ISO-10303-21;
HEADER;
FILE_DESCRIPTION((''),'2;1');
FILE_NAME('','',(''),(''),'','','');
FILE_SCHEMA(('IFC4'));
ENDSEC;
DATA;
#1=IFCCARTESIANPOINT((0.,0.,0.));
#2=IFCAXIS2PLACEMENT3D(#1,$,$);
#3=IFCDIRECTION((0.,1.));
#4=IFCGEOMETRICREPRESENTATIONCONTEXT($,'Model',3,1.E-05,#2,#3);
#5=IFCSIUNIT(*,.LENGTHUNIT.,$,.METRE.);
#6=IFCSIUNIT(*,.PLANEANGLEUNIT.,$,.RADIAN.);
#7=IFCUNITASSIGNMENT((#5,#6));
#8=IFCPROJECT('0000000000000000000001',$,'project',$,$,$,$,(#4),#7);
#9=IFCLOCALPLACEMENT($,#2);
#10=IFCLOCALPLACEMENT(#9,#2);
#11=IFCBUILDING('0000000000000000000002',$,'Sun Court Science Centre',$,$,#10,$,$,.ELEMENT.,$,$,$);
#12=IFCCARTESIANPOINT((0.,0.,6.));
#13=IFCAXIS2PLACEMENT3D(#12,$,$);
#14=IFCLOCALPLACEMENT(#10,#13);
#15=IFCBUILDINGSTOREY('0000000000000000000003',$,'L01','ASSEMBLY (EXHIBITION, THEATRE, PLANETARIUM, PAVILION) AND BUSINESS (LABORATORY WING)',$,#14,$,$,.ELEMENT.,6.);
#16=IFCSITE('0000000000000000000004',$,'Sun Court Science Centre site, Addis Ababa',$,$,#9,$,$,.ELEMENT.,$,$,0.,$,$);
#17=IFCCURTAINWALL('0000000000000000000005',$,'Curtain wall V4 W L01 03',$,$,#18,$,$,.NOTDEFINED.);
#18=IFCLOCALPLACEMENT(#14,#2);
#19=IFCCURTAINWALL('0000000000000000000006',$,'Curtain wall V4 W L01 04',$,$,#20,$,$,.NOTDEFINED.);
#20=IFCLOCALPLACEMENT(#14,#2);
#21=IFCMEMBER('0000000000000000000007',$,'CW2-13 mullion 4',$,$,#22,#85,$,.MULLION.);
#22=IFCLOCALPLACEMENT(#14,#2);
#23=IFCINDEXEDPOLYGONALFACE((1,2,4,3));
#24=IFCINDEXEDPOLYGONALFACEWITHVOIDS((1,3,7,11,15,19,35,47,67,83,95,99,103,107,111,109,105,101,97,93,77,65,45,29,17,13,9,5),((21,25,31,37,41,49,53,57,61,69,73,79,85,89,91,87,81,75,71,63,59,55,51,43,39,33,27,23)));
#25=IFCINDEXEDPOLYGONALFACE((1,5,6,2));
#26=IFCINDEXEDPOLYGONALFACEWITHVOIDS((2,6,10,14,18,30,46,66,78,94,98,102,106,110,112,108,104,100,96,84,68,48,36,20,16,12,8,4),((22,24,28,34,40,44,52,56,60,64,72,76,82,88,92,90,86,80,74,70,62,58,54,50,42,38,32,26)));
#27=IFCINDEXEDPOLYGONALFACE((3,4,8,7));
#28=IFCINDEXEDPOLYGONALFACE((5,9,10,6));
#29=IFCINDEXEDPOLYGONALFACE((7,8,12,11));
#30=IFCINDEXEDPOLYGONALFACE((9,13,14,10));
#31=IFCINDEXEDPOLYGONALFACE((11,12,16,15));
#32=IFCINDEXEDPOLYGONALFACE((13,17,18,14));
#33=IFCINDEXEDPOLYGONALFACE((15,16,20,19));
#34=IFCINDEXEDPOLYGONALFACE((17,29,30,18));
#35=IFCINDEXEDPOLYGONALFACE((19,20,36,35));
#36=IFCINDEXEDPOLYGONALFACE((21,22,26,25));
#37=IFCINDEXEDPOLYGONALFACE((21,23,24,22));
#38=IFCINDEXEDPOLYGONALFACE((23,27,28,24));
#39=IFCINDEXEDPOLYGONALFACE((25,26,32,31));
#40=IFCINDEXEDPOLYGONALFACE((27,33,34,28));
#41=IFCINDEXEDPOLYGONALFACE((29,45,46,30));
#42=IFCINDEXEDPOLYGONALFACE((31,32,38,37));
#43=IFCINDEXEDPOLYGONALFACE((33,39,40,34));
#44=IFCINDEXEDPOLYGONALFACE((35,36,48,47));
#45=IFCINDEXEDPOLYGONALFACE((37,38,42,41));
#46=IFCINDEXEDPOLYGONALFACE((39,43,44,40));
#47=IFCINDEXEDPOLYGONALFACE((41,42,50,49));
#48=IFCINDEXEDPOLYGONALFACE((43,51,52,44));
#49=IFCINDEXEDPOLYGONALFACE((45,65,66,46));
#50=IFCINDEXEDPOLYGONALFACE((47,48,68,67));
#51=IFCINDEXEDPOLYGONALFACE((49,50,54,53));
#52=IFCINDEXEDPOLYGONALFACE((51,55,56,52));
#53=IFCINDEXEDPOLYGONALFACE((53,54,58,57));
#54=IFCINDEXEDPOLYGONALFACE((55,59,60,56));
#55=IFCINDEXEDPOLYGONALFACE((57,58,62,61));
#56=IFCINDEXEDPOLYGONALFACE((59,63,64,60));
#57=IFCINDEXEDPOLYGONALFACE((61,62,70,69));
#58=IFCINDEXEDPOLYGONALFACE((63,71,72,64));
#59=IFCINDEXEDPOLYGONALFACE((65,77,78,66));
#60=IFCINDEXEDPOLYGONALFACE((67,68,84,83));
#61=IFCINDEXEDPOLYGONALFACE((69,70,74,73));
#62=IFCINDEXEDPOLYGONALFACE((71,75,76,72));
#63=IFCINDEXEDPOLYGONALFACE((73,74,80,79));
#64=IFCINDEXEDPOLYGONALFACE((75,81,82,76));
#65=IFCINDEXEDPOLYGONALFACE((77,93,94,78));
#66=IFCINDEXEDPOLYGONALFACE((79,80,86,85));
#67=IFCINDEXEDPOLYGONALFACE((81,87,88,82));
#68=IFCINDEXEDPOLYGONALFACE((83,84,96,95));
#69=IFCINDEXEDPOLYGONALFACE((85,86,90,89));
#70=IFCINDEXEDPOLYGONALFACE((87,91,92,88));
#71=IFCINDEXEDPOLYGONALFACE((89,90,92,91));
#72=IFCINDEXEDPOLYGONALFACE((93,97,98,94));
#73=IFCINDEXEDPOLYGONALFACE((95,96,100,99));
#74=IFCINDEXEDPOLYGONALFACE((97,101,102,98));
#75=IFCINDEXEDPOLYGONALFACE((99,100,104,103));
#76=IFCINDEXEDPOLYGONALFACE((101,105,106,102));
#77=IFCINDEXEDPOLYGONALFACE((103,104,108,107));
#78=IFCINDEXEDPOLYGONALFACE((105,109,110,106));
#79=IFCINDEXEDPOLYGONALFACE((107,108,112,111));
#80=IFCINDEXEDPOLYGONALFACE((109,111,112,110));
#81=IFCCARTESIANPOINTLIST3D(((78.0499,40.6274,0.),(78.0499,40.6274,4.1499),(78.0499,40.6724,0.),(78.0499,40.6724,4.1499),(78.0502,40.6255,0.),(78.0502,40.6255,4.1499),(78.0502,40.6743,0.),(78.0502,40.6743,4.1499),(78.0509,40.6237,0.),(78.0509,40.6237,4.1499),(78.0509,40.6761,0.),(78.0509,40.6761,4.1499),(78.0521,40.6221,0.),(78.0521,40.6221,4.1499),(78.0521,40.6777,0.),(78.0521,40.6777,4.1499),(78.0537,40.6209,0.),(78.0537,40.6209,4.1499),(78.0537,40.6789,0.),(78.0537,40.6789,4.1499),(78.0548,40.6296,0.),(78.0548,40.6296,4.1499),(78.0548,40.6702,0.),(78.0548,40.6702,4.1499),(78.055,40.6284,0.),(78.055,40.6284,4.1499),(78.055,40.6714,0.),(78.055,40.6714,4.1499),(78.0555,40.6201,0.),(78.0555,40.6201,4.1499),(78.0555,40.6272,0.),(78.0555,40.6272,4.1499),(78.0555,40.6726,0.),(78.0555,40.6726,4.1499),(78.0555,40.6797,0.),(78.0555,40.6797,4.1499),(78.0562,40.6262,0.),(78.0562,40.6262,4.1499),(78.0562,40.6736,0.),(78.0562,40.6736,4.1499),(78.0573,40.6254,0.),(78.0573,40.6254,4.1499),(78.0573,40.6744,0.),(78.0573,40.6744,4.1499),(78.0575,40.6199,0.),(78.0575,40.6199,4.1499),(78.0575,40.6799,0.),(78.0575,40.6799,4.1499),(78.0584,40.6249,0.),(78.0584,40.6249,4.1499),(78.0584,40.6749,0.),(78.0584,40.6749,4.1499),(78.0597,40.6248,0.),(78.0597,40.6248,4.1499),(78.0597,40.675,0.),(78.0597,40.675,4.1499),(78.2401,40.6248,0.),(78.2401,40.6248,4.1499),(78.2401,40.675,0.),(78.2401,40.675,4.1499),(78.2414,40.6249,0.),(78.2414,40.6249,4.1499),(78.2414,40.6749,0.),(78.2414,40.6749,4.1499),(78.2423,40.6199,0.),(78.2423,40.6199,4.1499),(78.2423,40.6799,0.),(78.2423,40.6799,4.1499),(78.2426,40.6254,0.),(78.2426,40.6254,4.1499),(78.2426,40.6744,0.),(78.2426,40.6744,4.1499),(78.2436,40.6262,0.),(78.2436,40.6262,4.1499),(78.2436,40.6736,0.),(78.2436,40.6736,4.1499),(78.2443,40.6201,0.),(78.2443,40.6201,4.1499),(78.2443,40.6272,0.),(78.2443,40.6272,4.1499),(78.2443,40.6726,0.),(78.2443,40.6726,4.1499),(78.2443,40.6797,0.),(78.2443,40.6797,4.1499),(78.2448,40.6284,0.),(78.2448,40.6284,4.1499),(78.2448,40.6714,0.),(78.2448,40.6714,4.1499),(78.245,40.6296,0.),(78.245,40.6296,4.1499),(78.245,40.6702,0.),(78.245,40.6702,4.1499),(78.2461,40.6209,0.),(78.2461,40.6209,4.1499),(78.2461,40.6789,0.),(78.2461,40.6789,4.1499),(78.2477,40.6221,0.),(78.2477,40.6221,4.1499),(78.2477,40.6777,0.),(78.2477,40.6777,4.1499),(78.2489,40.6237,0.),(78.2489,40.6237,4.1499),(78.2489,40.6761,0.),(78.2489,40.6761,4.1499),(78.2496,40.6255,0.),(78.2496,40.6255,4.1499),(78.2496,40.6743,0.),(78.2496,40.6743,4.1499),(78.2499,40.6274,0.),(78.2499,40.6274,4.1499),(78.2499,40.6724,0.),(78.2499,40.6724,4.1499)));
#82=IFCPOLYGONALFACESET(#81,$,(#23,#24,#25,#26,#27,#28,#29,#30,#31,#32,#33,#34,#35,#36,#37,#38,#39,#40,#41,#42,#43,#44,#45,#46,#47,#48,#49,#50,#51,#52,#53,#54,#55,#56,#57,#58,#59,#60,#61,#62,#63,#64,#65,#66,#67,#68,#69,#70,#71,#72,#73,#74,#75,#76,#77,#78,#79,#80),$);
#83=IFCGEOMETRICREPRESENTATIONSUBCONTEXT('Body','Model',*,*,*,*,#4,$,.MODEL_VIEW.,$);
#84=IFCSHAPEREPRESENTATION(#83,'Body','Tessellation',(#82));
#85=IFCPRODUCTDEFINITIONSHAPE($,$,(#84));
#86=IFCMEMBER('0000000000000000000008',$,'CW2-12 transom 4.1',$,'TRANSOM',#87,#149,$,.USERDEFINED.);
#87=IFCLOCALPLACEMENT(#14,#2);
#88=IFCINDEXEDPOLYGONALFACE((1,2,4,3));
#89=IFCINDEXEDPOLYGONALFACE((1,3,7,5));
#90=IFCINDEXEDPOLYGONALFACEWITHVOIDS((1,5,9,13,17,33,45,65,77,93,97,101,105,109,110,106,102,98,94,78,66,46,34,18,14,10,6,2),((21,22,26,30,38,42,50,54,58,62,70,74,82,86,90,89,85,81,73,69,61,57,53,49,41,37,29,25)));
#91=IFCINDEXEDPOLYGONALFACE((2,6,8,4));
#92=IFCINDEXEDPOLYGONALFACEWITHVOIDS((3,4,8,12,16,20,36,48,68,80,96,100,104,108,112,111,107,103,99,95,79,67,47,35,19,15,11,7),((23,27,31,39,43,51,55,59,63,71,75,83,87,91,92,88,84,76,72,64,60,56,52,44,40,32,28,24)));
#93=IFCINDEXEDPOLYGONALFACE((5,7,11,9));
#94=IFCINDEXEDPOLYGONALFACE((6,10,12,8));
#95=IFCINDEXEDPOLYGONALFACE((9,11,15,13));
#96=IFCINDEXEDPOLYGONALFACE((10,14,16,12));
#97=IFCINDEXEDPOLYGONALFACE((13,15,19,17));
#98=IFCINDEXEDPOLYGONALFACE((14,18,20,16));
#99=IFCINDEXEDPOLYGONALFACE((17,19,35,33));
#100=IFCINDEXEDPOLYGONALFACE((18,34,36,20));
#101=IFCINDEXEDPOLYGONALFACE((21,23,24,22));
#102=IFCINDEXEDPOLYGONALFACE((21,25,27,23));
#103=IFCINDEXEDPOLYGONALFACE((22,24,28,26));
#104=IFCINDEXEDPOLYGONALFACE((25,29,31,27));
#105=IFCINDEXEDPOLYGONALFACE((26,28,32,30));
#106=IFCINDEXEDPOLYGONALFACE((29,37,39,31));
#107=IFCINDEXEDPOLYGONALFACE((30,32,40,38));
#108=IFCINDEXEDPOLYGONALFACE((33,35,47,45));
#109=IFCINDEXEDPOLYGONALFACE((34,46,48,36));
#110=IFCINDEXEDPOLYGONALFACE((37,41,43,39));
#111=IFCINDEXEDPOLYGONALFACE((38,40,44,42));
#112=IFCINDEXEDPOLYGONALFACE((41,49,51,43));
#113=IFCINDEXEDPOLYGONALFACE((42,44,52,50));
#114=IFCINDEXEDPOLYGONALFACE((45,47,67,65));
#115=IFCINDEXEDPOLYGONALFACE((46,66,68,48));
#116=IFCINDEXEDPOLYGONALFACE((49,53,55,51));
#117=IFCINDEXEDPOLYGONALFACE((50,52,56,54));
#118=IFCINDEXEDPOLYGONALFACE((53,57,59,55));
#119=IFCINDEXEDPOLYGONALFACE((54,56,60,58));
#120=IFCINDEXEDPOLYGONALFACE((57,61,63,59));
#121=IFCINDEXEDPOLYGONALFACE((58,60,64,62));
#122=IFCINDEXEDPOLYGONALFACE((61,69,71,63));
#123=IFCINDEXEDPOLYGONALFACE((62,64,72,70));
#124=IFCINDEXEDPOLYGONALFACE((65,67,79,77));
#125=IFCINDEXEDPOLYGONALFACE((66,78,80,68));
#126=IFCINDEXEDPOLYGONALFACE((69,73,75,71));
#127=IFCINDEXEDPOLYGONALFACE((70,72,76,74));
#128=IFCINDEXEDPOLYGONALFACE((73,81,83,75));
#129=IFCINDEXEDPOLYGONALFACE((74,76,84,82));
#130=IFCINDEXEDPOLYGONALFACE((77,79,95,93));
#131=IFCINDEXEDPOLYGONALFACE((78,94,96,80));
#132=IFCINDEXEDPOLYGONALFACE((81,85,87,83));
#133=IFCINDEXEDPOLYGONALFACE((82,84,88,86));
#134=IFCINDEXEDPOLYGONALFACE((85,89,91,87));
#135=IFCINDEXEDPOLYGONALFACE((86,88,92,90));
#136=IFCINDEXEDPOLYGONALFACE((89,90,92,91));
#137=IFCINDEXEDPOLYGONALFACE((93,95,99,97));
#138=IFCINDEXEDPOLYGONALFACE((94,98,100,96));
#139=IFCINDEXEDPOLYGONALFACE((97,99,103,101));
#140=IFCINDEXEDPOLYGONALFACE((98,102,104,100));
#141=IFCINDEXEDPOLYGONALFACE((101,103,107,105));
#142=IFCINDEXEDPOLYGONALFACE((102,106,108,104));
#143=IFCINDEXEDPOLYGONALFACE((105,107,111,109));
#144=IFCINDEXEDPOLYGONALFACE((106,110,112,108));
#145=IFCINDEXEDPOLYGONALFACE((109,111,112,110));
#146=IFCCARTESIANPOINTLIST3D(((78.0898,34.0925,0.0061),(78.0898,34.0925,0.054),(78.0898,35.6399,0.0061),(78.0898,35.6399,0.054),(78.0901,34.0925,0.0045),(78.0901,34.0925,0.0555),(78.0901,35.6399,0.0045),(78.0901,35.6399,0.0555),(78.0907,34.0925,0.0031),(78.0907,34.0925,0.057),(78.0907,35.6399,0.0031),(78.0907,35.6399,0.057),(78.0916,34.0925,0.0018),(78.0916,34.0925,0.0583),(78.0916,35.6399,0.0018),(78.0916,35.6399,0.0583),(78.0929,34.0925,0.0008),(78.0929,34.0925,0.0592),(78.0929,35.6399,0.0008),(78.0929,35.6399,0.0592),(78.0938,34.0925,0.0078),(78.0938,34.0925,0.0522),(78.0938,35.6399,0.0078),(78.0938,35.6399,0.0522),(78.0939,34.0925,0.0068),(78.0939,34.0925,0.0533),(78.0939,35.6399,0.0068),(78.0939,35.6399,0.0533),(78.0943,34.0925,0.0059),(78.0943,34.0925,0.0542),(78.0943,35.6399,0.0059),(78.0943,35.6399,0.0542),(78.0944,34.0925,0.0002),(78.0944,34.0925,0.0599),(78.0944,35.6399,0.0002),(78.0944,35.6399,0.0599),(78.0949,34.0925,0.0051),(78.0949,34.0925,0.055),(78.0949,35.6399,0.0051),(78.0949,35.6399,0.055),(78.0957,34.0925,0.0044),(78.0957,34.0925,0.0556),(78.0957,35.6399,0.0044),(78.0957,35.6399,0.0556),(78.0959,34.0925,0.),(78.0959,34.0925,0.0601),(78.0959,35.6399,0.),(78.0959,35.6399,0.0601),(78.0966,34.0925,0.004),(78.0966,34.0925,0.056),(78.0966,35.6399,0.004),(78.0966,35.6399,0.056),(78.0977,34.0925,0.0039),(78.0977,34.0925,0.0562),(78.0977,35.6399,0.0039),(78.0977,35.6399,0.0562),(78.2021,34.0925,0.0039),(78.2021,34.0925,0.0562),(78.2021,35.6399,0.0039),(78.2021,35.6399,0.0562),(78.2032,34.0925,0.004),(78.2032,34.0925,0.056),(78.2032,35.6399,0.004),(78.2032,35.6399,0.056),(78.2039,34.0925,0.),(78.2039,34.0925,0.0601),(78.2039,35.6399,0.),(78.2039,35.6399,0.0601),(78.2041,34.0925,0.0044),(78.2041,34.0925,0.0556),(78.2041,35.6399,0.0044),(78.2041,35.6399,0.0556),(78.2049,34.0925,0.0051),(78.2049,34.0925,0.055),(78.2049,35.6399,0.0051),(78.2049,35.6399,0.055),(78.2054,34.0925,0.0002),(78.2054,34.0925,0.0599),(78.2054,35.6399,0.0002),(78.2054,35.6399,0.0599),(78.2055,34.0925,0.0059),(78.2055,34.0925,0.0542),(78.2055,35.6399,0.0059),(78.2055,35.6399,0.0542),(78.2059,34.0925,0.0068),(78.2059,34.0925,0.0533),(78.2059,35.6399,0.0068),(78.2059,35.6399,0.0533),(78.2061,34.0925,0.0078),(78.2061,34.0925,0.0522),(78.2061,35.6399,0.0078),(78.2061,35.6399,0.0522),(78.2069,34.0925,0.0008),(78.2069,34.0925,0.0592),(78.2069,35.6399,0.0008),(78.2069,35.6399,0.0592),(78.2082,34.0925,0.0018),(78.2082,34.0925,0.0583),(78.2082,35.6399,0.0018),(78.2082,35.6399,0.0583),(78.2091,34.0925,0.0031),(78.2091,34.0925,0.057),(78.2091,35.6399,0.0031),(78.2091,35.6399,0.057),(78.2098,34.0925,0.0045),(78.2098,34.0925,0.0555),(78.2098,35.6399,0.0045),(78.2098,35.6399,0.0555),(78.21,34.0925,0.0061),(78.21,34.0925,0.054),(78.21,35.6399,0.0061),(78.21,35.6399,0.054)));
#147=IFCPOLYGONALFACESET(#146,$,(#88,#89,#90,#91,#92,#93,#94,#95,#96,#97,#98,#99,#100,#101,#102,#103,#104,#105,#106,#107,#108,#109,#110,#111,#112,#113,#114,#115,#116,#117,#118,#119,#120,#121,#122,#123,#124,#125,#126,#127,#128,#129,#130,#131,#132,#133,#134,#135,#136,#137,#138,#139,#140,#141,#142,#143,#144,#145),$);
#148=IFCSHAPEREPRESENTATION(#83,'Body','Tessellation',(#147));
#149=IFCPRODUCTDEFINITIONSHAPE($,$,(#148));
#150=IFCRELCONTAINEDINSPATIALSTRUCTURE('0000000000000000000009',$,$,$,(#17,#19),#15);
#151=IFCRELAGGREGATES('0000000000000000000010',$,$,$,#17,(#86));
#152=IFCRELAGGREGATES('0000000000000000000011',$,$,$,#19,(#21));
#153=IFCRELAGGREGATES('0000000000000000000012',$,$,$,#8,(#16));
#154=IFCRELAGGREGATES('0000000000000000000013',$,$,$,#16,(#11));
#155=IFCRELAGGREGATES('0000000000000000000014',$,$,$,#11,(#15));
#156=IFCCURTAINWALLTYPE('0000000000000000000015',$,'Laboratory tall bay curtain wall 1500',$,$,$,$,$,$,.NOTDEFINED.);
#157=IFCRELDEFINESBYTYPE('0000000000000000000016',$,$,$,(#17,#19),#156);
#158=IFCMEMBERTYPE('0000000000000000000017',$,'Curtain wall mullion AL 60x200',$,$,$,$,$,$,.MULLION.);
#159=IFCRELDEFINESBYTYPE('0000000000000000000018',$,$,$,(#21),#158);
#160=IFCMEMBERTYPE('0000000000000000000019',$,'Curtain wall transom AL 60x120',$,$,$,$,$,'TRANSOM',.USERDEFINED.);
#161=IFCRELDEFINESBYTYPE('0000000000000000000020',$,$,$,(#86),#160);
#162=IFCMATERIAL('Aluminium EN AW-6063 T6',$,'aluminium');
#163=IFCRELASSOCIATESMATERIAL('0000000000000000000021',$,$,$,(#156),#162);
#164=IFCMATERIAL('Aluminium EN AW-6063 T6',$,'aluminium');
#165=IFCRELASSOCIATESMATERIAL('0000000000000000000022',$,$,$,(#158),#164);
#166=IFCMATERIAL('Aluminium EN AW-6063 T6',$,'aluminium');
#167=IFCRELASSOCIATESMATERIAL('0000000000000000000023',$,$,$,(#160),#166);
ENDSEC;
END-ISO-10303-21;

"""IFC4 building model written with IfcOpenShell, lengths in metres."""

from ifc_helpers import new_model, si_unit, direction, frame, origin, origin_2d, place, context, subcontext, project, spatial, hollow_rectangle, extrude, material, material_profile, profile_set, type_object, element, aggregate, save


model = new_model("IFC4")

# Units and contexts
model_context = context("Model", 3, precision=1e-05, world=origin(), true_north=direction((0.0, 1.0)))
body_context = subcontext(model_context, "Body", "Model", "MODEL_VIEW")
ifc_project = project(units=[si_unit("LENGTHUNIT", "METRE"), si_unit("PLANEANGLEUNIT", "RADIAN")], contexts=[model_context])

# Site, building, storey
site_placement = place(None, origin())
site = spatial("IfcSite", under=ifc_project, at=site_placement, Name="Sun Court Science Centre site, Addis Ababa", CompositionType="ELEMENT", RefElevation=0.0)
building_placement = place(site_placement, origin())
building = spatial("IfcBuilding", under=site, at=building_placement, Name="Sun Court Science Centre", CompositionType="ELEMENT")
storey_placement = place(building_placement, frame((0.0, 0.0, 6.0)))
storey = spatial("IfcBuildingStorey", under=building, at=storey_placement, Name="L01", Description="ASSEMBLY (EXHIBITION, THEATRE, PLANETARIUM, PAVILION) AND BUSINESS (LABORATORY WING)", CompositionType="ELEMENT", Elevation=6.0)

# Curtain wall
ifc_material_1 = material(Name="Aluminium EN AW-6063 T6", Category="aluminium")
curtain_wall_type = type_object("IfcCurtainWallType", Name="Laboratory tall bay curtain wall 1500", PredefinedType="NOTDEFINED", material=ifc_material_1)
curtain_wall_1_placement = place(storey_placement, origin())
curtain_wall_1 = element("IfcCurtainWall", 1, at=curtain_wall_1_placement, inside=storey, type_object=curtain_wall_type, Name="Curtain wall V4 W L01 03", PredefinedType="NOTDEFINED")
ifc_material_2 = material(Name="Aluminium EN AW-6063 T6", Category="aluminium")
ifc_material_profile_1 = material_profile(ifc_material_2, hollow_rectangle(XDim=0.0601, YDim=0.2, WallThickness=0.0049, InnerFilletRadius=0.0049, OuterFilletRadius=0.0076, at=origin_2d()), Name="AL 60x200x5")
ifc_profile_set_1 = profile_set([ifc_material_profile_1], Name="Aluminium EN AW-6063 T6")
member_type_1 = type_object("IfcMemberType", Name="Curtain wall mullion AL 60x200", PredefinedType="MULLION", material=ifc_profile_set_1)

# Curtain wall, member
curtain_wall_2_placement = place(storey_placement, origin())
curtain_wall_2 = element("IfcCurtainWall", 2, at=curtain_wall_2_placement, inside=storey, type_object=curtain_wall_type, Name="Curtain wall V4 W L01 04", PredefinedType="NOTDEFINED")
member_1_placement = place(storey_placement, frame((78.1499, 40.6499, 0.0), z_axis=(0.0, 0.0, 1.0), x_axis=(0.0, 1.0, 0.0)))
member_1 = element("IfcMember", 3, at=member_1_placement, type_object=member_type_1, Name="CW2-13 mullion 4", PredefinedType="MULLION", context=body_context, shape_type="SweptSolid", body=[
    extrude(hollow_rectangle(XDim=0.0601, YDim=0.2, WallThickness=0.0049, InnerFilletRadius=0.0049, OuterFilletRadius=0.0076, at=origin_2d()), origin(), (0.0, 0.0, 1.0), 4.1499),
])

# Member
ifc_material_3 = material(Name="Aluminium EN AW-6063 T6", Category="aluminium")
ifc_material_profile_2 = material_profile(ifc_material_3, hollow_rectangle(XDim=0.0601, YDim=0.1201, WallThickness=0.0039, InnerFilletRadius=0.0039, OuterFilletRadius=0.0061, at=origin_2d()), Name="AL 60x120x4")
ifc_profile_set_2 = profile_set([ifc_material_profile_2], Name="Aluminium EN AW-6063 T6")
member_type_2 = type_object("IfcMemberType", Name="Curtain wall transom AL 60x120", ElementType="TRANSOM", PredefinedType="USERDEFINED", material=ifc_profile_set_2)
member_2_placement = place(storey_placement, frame((78.1499, 34.0925, 0.03), z_axis=(0.0, 1.0, 0.0), x_axis=(0.0, 0.0, 1.0)))
member_2 = element("IfcMember", 4, at=member_2_placement, type_object=member_type_2, Name="CW2-12 transom 4.1", ObjectType="TRANSOM", PredefinedType="USERDEFINED", context=body_context, shape_type="SweptSolid", body=[
    extrude(hollow_rectangle(XDim=0.0601, YDim=0.1201, WallThickness=0.0039, InnerFilletRadius=0.0039, OuterFilletRadius=0.0061, at=origin_2d()), origin(), (0.0, 0.0, 1.0), 1.5474),
])

aggregate(curtain_wall_1, [member_2])
aggregate(curtain_wall_2, [member_1])

save(model, "model.ifc")
